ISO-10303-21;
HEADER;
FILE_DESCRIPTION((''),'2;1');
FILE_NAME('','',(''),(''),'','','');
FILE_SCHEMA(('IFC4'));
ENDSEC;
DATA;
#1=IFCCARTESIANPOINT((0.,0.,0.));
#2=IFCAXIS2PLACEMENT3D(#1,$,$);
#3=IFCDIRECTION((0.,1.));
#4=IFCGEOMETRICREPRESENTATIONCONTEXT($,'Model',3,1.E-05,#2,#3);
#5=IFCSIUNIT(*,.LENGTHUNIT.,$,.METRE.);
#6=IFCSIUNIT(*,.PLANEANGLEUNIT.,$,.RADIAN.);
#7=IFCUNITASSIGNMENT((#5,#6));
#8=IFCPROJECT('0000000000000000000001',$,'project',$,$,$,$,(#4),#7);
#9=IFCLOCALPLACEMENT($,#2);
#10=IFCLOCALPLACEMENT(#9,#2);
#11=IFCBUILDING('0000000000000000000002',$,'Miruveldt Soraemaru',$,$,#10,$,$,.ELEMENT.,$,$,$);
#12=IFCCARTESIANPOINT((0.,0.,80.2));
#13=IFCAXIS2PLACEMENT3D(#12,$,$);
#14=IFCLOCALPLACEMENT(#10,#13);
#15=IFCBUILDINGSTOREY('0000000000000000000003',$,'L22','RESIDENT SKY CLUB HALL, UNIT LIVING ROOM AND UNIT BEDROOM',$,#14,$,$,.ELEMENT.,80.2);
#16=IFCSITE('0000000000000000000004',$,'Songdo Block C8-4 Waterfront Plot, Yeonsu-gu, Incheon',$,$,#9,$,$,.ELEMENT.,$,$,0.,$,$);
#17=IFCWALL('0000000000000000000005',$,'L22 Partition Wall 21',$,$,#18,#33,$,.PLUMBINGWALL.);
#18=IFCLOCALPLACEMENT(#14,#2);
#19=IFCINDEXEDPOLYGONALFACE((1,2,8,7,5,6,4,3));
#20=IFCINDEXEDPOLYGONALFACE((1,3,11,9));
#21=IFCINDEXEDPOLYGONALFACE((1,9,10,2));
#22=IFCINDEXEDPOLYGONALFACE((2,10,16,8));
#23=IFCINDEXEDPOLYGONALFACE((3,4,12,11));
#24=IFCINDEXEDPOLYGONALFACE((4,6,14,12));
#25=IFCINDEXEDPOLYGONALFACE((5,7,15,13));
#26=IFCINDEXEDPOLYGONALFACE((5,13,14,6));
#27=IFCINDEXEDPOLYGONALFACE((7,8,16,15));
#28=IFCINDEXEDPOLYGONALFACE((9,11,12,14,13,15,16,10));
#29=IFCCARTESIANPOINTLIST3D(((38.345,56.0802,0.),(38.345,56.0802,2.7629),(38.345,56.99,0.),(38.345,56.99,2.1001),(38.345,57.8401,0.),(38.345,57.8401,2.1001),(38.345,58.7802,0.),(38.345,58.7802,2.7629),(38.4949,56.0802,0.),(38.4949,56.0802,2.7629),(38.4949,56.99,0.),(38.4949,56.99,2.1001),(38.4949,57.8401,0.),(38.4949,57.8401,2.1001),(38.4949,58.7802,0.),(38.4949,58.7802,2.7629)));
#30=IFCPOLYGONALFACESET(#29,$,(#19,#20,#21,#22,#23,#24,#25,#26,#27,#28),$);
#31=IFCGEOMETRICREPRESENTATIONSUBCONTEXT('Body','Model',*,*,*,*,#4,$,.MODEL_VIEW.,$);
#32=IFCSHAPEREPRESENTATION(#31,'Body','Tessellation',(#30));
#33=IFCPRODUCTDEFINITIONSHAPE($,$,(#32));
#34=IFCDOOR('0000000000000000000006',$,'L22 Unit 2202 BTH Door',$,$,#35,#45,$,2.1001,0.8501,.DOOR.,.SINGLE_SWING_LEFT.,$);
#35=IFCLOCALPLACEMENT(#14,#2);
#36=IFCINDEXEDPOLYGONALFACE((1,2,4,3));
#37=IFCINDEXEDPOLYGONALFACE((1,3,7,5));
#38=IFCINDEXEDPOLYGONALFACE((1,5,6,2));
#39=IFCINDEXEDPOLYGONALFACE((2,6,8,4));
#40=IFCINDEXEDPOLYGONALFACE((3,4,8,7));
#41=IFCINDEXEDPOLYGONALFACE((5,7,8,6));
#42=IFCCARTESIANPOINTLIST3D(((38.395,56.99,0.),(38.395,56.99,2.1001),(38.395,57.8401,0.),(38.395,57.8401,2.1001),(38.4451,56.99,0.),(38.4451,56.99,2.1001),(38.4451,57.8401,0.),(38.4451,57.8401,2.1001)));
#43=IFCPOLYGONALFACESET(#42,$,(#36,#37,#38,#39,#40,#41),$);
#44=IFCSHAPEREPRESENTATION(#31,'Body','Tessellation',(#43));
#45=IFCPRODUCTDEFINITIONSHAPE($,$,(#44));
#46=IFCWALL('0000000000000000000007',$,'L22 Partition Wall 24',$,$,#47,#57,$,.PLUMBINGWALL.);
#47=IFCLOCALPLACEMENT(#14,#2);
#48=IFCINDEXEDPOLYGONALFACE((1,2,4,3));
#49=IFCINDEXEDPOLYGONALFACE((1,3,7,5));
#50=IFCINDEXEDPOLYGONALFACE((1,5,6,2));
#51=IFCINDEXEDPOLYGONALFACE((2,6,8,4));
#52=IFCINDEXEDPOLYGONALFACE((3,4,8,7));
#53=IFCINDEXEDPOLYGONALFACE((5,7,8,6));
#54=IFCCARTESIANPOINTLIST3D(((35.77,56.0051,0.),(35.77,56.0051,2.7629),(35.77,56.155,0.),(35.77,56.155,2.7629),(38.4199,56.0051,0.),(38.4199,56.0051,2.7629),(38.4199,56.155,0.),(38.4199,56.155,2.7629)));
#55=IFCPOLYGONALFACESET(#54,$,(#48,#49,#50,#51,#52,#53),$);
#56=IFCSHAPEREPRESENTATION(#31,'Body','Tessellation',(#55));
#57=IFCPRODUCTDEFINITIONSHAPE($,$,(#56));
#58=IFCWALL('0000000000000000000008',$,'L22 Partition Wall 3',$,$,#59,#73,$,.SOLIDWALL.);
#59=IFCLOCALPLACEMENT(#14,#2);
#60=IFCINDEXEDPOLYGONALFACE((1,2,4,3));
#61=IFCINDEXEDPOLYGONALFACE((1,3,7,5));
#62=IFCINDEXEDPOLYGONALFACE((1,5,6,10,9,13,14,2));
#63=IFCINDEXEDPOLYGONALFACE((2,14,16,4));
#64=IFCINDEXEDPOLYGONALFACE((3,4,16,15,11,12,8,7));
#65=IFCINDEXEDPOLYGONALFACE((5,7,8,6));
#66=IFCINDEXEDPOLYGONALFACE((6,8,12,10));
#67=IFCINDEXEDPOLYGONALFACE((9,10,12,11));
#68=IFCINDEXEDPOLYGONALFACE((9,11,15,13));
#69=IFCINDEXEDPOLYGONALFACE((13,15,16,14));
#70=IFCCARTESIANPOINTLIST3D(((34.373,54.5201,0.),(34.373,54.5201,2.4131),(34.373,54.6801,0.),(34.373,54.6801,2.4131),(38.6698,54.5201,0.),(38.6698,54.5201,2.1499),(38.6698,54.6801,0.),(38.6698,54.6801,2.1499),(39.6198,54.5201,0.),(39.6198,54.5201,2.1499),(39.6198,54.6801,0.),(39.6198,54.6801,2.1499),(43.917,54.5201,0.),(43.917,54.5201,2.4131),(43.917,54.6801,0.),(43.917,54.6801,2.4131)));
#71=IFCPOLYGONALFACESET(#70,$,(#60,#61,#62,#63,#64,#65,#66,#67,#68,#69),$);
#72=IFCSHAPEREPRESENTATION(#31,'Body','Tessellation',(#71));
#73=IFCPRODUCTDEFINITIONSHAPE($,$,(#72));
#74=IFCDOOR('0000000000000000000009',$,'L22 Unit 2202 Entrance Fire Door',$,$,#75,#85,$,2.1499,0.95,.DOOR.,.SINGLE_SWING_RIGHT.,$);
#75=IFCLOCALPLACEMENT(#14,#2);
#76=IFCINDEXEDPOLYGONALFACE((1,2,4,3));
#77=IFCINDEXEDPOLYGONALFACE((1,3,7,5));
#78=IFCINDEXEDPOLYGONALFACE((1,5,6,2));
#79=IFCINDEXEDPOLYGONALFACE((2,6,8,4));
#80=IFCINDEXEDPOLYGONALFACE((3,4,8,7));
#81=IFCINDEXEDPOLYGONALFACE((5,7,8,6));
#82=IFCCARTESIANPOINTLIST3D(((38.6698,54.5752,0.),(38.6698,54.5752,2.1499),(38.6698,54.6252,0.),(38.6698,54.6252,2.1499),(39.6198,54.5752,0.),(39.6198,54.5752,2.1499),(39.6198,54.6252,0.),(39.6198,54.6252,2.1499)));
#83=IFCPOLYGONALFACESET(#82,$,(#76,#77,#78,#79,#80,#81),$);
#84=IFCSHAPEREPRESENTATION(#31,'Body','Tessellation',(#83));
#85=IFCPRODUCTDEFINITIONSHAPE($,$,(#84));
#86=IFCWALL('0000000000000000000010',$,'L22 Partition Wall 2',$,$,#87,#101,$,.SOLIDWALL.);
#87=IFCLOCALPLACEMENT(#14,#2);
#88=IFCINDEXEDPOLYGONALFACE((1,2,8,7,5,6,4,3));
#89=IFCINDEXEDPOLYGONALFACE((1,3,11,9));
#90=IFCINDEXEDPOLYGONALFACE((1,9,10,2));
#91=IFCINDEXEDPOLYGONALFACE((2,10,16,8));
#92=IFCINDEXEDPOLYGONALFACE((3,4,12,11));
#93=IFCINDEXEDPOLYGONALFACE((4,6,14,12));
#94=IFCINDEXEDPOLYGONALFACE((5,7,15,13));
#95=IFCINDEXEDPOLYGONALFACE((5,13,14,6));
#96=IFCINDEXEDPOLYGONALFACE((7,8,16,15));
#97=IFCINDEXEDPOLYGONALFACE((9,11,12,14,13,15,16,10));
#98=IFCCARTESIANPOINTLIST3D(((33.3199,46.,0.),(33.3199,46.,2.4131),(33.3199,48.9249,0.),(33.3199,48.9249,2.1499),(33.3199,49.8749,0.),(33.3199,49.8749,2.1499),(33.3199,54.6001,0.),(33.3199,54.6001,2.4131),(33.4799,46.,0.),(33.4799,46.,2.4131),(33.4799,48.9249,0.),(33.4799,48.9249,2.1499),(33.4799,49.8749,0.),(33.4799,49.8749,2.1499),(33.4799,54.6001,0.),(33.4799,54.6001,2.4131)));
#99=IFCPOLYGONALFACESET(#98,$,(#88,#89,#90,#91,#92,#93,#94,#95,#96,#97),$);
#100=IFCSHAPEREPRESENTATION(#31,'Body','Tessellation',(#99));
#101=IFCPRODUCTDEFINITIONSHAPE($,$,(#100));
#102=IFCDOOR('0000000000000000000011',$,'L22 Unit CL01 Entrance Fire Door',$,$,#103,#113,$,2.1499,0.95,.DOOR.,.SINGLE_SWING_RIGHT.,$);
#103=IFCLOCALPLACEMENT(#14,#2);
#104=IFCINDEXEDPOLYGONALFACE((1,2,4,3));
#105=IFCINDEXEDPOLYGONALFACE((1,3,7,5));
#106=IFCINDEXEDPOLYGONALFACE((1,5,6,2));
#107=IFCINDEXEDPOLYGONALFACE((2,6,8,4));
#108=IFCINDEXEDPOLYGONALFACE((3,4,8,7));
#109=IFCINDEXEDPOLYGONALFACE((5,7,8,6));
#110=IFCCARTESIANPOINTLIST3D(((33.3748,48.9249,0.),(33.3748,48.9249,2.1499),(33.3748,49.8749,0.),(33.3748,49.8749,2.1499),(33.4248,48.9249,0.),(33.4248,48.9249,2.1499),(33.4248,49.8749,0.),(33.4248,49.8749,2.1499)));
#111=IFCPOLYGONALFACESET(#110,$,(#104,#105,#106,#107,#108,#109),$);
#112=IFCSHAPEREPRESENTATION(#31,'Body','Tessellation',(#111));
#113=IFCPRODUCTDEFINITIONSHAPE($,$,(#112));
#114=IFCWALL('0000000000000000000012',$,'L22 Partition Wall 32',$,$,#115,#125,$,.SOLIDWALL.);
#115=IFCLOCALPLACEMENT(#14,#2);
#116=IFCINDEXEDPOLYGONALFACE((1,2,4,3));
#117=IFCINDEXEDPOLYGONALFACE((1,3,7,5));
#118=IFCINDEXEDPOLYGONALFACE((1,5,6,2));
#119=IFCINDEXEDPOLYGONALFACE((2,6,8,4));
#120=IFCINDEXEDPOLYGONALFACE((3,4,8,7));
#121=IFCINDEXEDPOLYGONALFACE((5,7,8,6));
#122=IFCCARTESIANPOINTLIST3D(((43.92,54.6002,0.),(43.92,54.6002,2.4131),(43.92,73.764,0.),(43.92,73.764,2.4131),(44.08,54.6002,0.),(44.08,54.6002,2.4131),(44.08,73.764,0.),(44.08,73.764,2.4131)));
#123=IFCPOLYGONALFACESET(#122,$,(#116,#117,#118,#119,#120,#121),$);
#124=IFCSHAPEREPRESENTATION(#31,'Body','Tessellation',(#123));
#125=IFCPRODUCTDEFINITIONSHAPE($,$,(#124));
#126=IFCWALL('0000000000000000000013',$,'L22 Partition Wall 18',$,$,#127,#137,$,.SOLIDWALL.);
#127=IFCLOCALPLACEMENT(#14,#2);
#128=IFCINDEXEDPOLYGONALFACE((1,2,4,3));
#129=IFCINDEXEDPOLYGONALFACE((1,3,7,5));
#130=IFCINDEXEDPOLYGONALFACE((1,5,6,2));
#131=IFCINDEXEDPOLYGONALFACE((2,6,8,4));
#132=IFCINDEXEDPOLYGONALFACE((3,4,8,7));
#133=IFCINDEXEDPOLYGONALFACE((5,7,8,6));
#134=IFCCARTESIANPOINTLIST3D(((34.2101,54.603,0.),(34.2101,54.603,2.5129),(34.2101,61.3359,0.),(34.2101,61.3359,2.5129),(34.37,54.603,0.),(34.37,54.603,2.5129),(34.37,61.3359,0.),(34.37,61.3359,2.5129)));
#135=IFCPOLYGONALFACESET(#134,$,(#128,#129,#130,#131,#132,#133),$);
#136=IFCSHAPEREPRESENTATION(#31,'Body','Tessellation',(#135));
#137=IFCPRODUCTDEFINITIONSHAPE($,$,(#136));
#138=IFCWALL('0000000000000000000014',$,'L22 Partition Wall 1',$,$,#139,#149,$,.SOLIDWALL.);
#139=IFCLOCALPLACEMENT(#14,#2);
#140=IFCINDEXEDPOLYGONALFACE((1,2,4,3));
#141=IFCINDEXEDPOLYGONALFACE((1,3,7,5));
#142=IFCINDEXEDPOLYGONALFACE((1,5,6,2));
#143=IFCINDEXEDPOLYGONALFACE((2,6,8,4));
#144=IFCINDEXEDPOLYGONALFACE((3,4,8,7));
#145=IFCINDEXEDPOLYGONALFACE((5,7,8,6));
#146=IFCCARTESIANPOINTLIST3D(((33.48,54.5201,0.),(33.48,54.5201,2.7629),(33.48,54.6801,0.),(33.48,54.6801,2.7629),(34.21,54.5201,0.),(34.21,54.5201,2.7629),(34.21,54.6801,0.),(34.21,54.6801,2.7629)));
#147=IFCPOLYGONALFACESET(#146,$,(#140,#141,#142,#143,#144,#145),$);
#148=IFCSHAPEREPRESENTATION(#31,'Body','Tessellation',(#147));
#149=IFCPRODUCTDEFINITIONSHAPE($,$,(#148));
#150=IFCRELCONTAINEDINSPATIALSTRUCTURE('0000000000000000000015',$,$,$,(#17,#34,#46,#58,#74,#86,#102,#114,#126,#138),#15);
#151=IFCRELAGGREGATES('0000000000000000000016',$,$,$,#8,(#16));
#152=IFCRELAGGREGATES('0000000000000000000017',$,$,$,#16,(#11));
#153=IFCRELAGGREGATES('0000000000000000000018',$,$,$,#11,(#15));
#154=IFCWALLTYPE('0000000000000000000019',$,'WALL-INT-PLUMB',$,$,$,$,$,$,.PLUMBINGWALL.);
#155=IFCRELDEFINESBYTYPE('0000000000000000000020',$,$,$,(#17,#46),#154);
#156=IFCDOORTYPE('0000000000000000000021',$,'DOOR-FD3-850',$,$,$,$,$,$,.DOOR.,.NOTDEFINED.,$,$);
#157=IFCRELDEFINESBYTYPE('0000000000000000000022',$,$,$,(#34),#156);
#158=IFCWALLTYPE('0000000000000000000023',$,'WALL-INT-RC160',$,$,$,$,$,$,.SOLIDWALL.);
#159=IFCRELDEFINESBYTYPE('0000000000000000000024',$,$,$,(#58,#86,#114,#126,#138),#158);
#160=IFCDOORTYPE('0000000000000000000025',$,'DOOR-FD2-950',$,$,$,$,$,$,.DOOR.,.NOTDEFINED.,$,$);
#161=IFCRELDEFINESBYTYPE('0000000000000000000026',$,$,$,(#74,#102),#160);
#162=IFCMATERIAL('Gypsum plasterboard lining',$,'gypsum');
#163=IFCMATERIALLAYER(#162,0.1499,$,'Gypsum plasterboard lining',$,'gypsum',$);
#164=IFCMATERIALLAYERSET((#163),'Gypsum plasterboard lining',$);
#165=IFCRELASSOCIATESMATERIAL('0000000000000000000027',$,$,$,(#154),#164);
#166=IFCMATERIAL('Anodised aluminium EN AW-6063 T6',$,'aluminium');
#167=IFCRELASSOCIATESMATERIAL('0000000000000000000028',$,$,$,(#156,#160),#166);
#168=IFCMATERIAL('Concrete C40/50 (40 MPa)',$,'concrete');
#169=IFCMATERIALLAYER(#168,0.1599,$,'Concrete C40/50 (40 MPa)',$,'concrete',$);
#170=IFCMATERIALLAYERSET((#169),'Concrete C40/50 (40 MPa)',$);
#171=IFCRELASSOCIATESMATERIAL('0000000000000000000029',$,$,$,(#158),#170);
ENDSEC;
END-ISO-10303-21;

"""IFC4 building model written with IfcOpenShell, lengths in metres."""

from ifc_helpers import new_model, si_unit, direction, frame, frame_2d, origin, place, context, subcontext, project, spatial, rectangle, extrude, material, layer, layer_set, type_object, element, fill, save


model = new_model("IFC4")

# Units and contexts
model_context = context("Model", 3, precision=1e-05, world=origin(), true_north=direction((0.0, 1.0)))
body_context = subcontext(model_context, "Body", "Model", "MODEL_VIEW")
ifc_project = project(units=[si_unit("LENGTHUNIT", "METRE"), si_unit("PLANEANGLEUNIT", "RADIAN")], contexts=[model_context])

# Site, building, storey
site_placement = place(None, origin())
site = spatial("IfcSite", under=ifc_project, at=site_placement, Name="Songdo Block C8-4 Waterfront Plot, Yeonsu-gu, Incheon", CompositionType="ELEMENT", RefElevation=0.0)
building_placement = place(site_placement, origin())
building = spatial("IfcBuilding", under=site, at=building_placement, Name="Miruveldt Soraemaru", CompositionType="ELEMENT")
storey_placement = place(building_placement, frame((0.0, 0.0, 80.2)))
storey = spatial("IfcBuildingStorey", under=building, at=storey_placement, Name="L22", Description="RESIDENT SKY CLUB HALL, UNIT LIVING ROOM AND UNIT BEDROOM", CompositionType="ELEMENT", Elevation=80.2)

# Shared definitions
ifc_material_1 = material(Name="Anodised aluminium EN AW-6063 T6", Category="aluminium")

# Wall, opening, door
ifc_material_2 = material(Name="Gypsum plasterboard lining", Category="gypsum")
ifc_layer_1 = layer(ifc_material_2, 0.1499, Name="Gypsum plasterboard lining", Category="gypsum")
ifc_layer_set_1 = layer_set([ifc_layer_1], Name="Gypsum plasterboard lining")
wall_type_1 = type_object("IfcWallType", Name="WALL-INT-PLUMB", PredefinedType="PLUMBINGWALL", material=ifc_layer_set_1)
wall_1_placement = place(storey_placement, frame((38.4199, 56.0801, 0.0), z_axis=(0.0, 0.0, 1.0), x_axis=(0.0, 1.0, 0.0)))
wall_1 = element("IfcWall", 1, at=wall_1_placement, inside=storey, type_object=wall_type_1, Name="L22 Partition Wall 21", PredefinedType="PLUMBINGWALL", context=body_context, shape_type="SweptSolid", body=[
    extrude(rectangle(XDim=2.7, YDim=0.1499, at=frame_2d((1.3501, 0.0))), origin(), (0.0, 0.0, 1.0), 2.7629),
])
opening_1_placement = place(wall_1_placement, frame((0.9099, 0.0, 0.0)))
opening_1 = element("IfcOpeningElement", 2, at=opening_1_placement, cuts=wall_1, PredefinedType="OPENING", context=body_context, shape_type="SweptSolid", body=[
    extrude(rectangle(XDim=0.8501, YDim=2.1001, at=frame_2d((0.425, 1.05))), frame((0.0, 0.085, 0.0), z_axis=(0.0, -1.0, 0.0), x_axis=(1.0, 0.0, 0.0)), (0.0, 0.0, 1.0), 0.1699),
])
door_type_1 = type_object("IfcDoorType", Name="DOOR-FD3-850", OperationType="NOTDEFINED", PredefinedType="DOOR", material=ifc_material_1)
door_1_placement = place(opening_1_placement, origin())
door_1 = element("IfcDoor", 3, at=door_1_placement, inside=storey, type_object=door_type_1, Name="L22 Unit 2202 BTH Door", OperationType="SINGLE_SWING_LEFT", OverallHeight=2.1001, OverallWidth=0.8501, PredefinedType="DOOR", context=body_context, shape_type="SweptSolid", body=[
    extrude(rectangle(XDim=0.8501, YDim=2.1001, at=frame_2d((0.425, 1.05))), frame((0.0, 0.0249, 0.0), z_axis=(0.0, -1.0, 0.0), x_axis=(1.0, 0.0, 0.0)), (0.0, 0.0, 1.0), 0.05),
])
fill(opening_1, door_1)

# Wall
wall_2_placement = place(storey_placement, frame((35.77, 56.0801, 0.0), z_axis=(0.0, 0.0, 1.0), x_axis=(1.0, 0.0, 0.0)))
element("IfcWall", 4, at=wall_2_placement, inside=storey, type_object=wall_type_1, Name="L22 Partition Wall 24", PredefinedType="PLUMBINGWALL", context=body_context, shape_type="SweptSolid", body=[
    extrude(rectangle(XDim=2.6499, YDim=0.1499, at=frame_2d((1.325, 0.0))), origin(), (0.0, 0.0, 1.0), 2.7629),
])

# Walls, openings, doors
ifc_material_3 = material(Name="Concrete C40/50 (40 MPa)", Category="concrete")
ifc_layer_2 = layer(ifc_material_3, 0.1599, Name="Concrete C40/50 (40 MPa)", Category="concrete")
ifc_layer_set_2 = layer_set([ifc_layer_2], Name="Concrete C40/50 (40 MPa)")
wall_type_2 = type_object("IfcWallType", Name="WALL-INT-RC160", PredefinedType="SOLIDWALL", material=ifc_layer_set_2)
wall_3_placement = place(storey_placement, frame((43.917, 54.6001, 0.0), z_axis=(0.0, 0.0, 1.0), x_axis=(-1.0, 0.0, 0.0)))
wall_3 = element("IfcWall", 5, at=wall_3_placement, inside=storey, type_object=wall_type_2, Name="L22 Partition Wall 3", PredefinedType="SOLIDWALL", context=body_context, shape_type="SweptSolid", body=[
    extrude(rectangle(XDim=9.5439, YDim=0.1599, at=frame_2d((4.772, 0.0))), origin(), (0.0, 0.0, 1.0), 2.4131),
])
opening_2_placement = place(wall_3_placement, frame((4.2971, 0.0, 0.0)))
opening_2 = element("IfcOpeningElement", 6, at=opening_2_placement, cuts=wall_3, PredefinedType="OPENING", context=body_context, shape_type="SweptSolid", body=[
    extrude(rectangle(XDim=0.95, YDim=2.1499, at=frame_2d((0.4751, 1.075))), frame((0.0, 0.0898, 0.0), z_axis=(0.0, -1.0, 0.0), x_axis=(1.0, 0.0, 0.0)), (0.0, 0.0, 1.0), 0.1799),
])
door_type_2 = type_object("IfcDoorType", Name="DOOR-FD2-950", OperationType="NOTDEFINED", PredefinedType="DOOR", material=ifc_material_1)
door_2_placement = place(opening_2_placement, origin())
door_2 = element("IfcDoor", 7, at=door_2_placement, inside=storey, type_object=door_type_2, Name="L22 Unit 2202 Entrance Fire Door", OperationType="SINGLE_SWING_RIGHT", OverallHeight=2.1499, OverallWidth=0.95, PredefinedType="DOOR", context=body_context, shape_type="SweptSolid", body=[
    extrude(rectangle(XDim=0.95, YDim=2.1499, at=frame_2d((0.4751, 1.075))), frame((0.0, 0.0249, 0.0), z_axis=(0.0, -1.0, 0.0), x_axis=(1.0, 0.0, 0.0)), (0.0, 0.0, 1.0), 0.05),
])
fill(opening_2, door_2)
wall_4_placement = place(storey_placement, frame((33.3999, 54.6001, 0.0), z_axis=(0.0, 0.0, 1.0), x_axis=(0.0, -1.0, 0.0)))
wall_4 = element("IfcWall", 8, at=wall_4_placement, inside=storey, type_object=wall_type_2, Name="L22 Partition Wall 2", PredefinedType="SOLIDWALL", context=body_context, shape_type="SweptSolid", body=[
    extrude(rectangle(XDim=8.6001, YDim=0.1599, at=frame_2d((4.3, 0.0))), origin(), (0.0, 0.0, 1.0), 2.4131),
])
opening_3_placement = place(wall_4_placement, frame((4.7251, 0.0, 0.0)))
opening_3 = element("IfcOpeningElement", 9, at=opening_3_placement, cuts=wall_4, PredefinedType="OPENING", context=body_context, shape_type="SweptSolid", body=[
    extrude(rectangle(XDim=0.95, YDim=2.1499, at=frame_2d((0.4751, 1.075))), frame((0.0, 0.0898, 0.0), z_axis=(0.0, -1.0, 0.0), x_axis=(1.0, 0.0, 0.0)), (0.0, 0.0, 1.0), 0.1799),
])
door_3_placement = place(opening_3_placement, origin())
door_3 = element("IfcDoor", 10, at=door_3_placement, inside=storey, type_object=door_type_2, Name="L22 Unit CL01 Entrance Fire Door", OperationType="SINGLE_SWING_RIGHT", OverallHeight=2.1499, OverallWidth=0.95, PredefinedType="DOOR", context=body_context, shape_type="SweptSolid", body=[
    extrude(rectangle(XDim=0.95, YDim=2.1499, at=frame_2d((0.4751, 1.075))), frame((0.0, 0.0249, 0.0), z_axis=(0.0, -1.0, 0.0), x_axis=(1.0, 0.0, 0.0)), (0.0, 0.0, 1.0), 0.05),
])
fill(opening_3, door_3)

# Walls
wall_5_placement = place(storey_placement, frame((44.0, 54.6001, 0.0), z_axis=(0.0, 0.0, 1.0), x_axis=(0.0, 1.0, 0.0)))
element("IfcWall", 11, at=wall_5_placement, inside=storey, type_object=wall_type_2, Name="L22 Partition Wall 32", PredefinedType="SOLIDWALL", context=body_context, shape_type="SweptSolid", body=[
    extrude(rectangle(XDim=19.1638, YDim=0.1599, at=frame_2d((9.582, 0.0))), origin(), (0.0, 0.0, 1.0), 2.4131),
])
wall_6_placement = place(storey_placement, frame((34.29, 54.603, 0.0), z_axis=(0.0, 0.0, 1.0), x_axis=(0.0, 1.0, 0.0)))
element("IfcWall", 12, at=wall_6_placement, inside=storey, type_object=wall_type_2, Name="L22 Partition Wall 18", PredefinedType="SOLIDWALL", context=body_context, shape_type="SweptSolid", body=[
    extrude(rectangle(XDim=6.7329, YDim=0.1599, at=frame_2d((3.3665, 0.0))), origin(), (0.0, 0.0, 1.0), 2.5129),
])
wall_7_placement = place(storey_placement, frame((34.21, 54.6001, 0.0), z_axis=(0.0, 0.0, 1.0), x_axis=(-1.0, 0.0, 0.0)))
element("IfcWall", 13, at=wall_7_placement, inside=storey, type_object=wall_type_2, Name="L22 Partition Wall 1", PredefinedType="SOLIDWALL", context=body_context, shape_type="SweptSolid", body=[
    extrude(rectangle(XDim=0.73, YDim=0.1599, at=frame_2d((0.365, 0.0))), origin(), (0.0, 0.0, 1.0), 2.7629),
])

save(model, "model.ifc")
